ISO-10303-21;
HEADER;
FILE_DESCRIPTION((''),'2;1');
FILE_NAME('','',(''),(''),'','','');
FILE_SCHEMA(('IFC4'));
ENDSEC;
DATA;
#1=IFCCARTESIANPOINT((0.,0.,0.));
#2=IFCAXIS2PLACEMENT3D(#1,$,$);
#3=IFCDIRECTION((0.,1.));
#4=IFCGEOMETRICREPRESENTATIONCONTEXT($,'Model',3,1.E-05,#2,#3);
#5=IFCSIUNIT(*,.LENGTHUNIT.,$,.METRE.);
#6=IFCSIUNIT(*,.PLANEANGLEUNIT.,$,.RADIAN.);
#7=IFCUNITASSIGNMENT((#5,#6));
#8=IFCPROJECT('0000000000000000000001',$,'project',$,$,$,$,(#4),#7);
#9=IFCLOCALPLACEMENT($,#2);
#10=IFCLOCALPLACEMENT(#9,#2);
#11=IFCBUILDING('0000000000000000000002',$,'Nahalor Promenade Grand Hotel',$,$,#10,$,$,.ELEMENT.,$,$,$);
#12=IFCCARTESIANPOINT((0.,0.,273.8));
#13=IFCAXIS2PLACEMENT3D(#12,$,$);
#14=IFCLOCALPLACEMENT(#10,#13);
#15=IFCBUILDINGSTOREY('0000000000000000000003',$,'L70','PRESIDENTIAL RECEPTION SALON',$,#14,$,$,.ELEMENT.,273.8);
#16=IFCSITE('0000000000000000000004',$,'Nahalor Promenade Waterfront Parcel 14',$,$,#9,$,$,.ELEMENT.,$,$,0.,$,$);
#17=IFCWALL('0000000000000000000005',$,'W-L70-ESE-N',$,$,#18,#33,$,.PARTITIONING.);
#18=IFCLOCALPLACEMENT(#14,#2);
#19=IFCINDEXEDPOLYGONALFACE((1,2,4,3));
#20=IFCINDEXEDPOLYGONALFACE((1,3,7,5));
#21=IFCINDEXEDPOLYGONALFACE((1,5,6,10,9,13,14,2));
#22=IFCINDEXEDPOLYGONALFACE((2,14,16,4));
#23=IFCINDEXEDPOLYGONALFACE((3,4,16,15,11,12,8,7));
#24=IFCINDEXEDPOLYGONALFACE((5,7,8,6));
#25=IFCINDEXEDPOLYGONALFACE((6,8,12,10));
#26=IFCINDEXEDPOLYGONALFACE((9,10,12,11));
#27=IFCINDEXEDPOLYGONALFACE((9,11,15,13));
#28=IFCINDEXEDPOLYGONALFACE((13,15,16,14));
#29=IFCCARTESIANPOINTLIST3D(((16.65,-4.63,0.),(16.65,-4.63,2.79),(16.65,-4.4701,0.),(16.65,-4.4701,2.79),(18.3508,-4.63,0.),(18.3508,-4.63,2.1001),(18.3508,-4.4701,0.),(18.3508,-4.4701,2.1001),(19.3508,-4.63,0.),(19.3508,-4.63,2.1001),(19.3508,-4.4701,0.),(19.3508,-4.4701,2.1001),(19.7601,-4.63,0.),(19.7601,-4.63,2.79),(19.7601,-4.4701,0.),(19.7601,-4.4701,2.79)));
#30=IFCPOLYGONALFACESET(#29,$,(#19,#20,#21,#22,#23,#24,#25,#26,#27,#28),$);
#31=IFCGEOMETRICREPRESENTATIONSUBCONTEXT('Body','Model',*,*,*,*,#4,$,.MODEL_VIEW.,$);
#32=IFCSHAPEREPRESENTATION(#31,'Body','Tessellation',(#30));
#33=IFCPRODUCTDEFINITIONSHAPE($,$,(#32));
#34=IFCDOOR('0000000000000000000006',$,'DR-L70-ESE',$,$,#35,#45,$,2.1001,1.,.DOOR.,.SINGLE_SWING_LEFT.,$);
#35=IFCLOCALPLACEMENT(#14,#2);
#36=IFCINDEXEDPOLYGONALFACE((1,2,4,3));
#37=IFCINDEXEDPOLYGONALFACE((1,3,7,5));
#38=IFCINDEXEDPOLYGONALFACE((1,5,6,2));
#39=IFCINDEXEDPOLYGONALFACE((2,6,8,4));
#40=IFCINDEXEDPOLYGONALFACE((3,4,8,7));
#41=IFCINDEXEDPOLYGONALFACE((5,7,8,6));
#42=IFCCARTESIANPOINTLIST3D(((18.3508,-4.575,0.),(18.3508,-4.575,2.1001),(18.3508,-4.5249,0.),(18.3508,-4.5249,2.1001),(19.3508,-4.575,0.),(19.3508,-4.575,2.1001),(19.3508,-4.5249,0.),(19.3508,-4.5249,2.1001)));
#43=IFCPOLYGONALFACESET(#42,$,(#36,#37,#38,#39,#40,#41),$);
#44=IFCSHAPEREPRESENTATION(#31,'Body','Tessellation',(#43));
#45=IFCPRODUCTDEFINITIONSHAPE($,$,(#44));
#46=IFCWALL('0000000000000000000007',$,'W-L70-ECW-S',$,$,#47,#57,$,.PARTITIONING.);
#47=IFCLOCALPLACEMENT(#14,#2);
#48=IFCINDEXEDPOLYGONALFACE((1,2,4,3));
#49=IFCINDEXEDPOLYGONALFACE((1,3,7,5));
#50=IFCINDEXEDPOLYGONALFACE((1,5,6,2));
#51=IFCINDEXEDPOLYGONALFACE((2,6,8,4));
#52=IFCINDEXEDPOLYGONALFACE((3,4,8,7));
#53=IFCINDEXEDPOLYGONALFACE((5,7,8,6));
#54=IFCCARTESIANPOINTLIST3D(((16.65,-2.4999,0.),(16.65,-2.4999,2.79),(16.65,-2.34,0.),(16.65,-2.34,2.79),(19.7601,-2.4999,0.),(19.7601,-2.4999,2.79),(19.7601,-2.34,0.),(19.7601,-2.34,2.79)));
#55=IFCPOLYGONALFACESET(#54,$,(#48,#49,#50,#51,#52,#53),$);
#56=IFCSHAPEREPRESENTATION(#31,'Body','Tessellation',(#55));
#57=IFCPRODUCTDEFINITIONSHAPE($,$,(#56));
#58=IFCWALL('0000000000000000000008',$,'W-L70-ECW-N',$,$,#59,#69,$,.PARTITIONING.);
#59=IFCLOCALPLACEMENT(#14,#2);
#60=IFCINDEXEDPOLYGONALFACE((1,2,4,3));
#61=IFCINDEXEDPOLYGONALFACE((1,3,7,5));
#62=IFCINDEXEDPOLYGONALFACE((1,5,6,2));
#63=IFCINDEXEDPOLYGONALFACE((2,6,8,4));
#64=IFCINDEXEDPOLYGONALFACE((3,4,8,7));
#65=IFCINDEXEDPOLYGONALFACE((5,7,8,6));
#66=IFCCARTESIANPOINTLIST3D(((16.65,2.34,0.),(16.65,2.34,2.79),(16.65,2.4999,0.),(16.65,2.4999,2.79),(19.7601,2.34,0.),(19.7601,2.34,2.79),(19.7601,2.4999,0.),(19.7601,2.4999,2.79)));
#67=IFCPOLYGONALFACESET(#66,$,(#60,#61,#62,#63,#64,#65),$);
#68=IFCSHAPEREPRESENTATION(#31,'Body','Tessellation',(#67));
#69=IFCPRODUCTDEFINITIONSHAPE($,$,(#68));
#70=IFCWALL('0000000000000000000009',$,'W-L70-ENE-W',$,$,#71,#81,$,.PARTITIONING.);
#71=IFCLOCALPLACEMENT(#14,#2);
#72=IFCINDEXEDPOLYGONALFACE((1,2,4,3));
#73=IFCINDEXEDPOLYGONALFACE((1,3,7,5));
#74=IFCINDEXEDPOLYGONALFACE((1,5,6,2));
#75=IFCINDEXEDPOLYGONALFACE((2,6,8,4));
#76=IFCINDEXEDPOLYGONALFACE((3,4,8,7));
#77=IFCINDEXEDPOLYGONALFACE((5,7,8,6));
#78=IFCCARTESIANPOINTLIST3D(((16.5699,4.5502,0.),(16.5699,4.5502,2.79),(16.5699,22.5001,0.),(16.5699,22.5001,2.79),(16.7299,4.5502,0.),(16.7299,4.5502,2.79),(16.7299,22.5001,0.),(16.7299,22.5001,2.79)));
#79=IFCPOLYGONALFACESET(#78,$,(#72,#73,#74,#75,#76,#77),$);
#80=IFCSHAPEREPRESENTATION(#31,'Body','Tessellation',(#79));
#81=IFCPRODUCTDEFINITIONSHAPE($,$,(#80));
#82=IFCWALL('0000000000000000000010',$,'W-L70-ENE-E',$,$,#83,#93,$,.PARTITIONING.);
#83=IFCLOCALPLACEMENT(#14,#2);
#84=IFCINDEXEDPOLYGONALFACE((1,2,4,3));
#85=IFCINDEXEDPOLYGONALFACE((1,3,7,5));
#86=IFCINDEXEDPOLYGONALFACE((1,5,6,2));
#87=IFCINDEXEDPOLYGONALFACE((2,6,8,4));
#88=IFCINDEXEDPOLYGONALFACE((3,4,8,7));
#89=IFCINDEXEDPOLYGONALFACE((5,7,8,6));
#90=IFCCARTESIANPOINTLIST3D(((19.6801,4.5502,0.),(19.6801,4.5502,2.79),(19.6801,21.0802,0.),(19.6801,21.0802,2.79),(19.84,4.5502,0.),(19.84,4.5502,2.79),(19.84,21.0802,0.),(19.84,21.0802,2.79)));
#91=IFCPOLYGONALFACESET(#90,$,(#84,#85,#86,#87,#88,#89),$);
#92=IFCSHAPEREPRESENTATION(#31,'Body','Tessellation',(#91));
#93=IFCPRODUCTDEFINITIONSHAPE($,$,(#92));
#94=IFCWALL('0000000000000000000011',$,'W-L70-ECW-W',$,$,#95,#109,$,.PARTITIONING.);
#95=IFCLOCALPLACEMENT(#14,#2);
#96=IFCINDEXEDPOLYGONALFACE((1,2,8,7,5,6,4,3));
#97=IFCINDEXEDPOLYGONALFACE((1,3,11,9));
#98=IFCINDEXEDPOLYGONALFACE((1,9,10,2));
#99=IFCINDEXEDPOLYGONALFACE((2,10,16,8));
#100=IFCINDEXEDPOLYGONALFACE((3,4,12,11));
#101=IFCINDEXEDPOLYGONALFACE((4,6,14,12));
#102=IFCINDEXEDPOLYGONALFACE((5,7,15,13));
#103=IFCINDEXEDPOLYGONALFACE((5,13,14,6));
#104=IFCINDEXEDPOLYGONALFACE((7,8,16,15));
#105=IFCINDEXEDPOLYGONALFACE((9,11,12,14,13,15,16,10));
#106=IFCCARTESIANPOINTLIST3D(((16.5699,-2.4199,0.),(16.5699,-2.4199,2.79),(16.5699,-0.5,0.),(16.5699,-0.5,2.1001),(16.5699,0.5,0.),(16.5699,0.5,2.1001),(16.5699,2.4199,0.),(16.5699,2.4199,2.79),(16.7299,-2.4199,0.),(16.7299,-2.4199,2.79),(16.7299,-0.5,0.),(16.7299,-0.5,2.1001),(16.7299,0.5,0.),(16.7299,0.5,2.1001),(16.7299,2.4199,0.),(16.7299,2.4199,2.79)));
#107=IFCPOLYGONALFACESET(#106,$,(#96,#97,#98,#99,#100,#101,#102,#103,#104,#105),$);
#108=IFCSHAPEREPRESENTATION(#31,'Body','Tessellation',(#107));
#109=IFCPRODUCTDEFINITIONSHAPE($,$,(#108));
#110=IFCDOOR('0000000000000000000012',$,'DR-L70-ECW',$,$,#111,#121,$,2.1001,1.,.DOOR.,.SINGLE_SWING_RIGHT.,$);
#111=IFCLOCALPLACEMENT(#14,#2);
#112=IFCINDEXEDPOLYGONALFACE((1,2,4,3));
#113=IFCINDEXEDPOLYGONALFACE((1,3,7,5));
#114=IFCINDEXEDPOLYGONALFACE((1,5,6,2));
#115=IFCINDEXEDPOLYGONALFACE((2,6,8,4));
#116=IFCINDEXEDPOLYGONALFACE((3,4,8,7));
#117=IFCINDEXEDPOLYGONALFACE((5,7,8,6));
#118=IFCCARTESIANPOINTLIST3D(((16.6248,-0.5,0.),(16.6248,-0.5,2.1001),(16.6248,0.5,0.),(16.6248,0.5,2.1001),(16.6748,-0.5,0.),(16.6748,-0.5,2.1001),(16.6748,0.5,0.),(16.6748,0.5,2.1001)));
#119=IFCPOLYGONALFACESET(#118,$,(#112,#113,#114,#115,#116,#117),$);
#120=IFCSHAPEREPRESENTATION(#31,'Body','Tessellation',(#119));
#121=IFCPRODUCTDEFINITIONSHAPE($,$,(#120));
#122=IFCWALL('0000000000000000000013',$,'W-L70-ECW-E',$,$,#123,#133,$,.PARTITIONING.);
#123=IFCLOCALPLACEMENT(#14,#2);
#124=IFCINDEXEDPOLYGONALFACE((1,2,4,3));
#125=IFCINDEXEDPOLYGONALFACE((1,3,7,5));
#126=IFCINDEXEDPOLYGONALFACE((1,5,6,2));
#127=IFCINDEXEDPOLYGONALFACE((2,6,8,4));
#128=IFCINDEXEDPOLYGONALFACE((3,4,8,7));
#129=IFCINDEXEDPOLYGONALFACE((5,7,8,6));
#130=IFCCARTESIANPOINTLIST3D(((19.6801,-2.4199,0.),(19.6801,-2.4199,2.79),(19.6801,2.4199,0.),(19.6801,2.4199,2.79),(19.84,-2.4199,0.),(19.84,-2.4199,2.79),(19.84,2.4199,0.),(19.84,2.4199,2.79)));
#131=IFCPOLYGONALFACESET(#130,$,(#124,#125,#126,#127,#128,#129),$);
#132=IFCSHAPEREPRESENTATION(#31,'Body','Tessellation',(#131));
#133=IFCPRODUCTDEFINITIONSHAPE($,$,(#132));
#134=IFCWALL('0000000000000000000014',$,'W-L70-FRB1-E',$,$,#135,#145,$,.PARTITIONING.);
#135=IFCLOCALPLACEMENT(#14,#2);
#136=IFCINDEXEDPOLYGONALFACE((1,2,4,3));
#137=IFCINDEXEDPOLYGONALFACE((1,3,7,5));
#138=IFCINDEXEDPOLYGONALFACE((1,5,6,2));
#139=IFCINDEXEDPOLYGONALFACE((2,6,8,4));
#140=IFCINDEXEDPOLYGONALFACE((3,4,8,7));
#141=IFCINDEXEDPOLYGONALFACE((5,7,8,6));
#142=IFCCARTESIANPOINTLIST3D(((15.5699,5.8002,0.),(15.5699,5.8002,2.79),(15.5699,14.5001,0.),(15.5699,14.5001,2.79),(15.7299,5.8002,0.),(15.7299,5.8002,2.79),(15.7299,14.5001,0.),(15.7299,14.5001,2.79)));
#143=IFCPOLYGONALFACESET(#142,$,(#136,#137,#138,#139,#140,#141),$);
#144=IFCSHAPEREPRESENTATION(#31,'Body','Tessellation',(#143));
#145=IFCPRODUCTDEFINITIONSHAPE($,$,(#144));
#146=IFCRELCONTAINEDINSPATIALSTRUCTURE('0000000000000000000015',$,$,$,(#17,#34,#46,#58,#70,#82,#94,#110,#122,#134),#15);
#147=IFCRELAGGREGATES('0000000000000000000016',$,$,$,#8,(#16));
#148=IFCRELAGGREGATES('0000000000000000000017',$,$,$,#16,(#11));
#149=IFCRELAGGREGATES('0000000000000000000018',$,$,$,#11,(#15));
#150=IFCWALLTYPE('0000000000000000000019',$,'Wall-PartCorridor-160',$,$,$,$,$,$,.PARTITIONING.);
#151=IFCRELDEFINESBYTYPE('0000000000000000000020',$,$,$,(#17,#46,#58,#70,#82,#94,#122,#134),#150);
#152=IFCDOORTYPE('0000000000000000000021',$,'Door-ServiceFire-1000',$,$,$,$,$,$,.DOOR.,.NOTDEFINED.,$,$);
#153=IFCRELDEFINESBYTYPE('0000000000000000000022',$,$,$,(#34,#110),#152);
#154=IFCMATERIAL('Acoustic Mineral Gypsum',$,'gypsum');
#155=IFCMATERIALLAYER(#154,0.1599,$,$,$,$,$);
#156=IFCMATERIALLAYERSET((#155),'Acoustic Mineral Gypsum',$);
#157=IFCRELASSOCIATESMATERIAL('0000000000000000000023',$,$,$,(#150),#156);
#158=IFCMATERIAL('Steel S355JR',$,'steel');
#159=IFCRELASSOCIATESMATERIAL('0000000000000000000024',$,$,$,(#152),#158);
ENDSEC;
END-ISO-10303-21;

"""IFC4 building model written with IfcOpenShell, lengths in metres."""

from ifc_helpers import new_model, si_unit, direction, frame, frame_2d, origin, place, context, subcontext, project, spatial, rectangle, extrude, source, transform, mapped, material, layer, layer_set, type_object, element, fill, save


model = new_model("IFC4")

# Units and contexts
model_context = context("Model", 3, precision=1e-05, world=origin(), true_north=direction((0.0, 1.0)))
body_context = subcontext(model_context, "Body", "Model", "MODEL_VIEW")
ifc_project = project(units=[si_unit("LENGTHUNIT", "METRE"), si_unit("PLANEANGLEUNIT", "RADIAN")], contexts=[model_context])

# Site, building, storey
site_placement = place(None, origin())
site = spatial("IfcSite", under=ifc_project, at=site_placement, Name="Nahalor Promenade Waterfront Parcel 14", CompositionType="ELEMENT", RefElevation=0.0)
building_placement = place(site_placement, origin())
building = spatial("IfcBuilding", under=site, at=building_placement, Name="Nahalor Promenade Grand Hotel", CompositionType="ELEMENT")
storey_placement = place(building_placement, frame((0.0, 0.0, 273.8)))
storey = spatial("IfcBuildingStorey", under=building, at=storey_placement, Name="L70", Description="PRESIDENTIAL RECEPTION SALON", CompositionType="ELEMENT", Elevation=273.8)

# Shared definitions
ifc_material_1 = material(Name="Steel S355JR", Category="steel")

# Wall, opening, door
ifc_material_2 = material(Name="Acoustic Mineral Gypsum", Category="gypsum")
ifc_layer_1 = layer(ifc_material_2, 0.1599)
ifc_layer_set_1 = layer_set([ifc_layer_1], Name="Acoustic Mineral Gypsum")
wall_type_1 = type_object("IfcWallType", Name="Wall-PartCorridor-160", PredefinedType="PARTITIONING", material=ifc_layer_set_1)
shared_shape_1 = source(origin(), body_context, "Body", "SweptSolid", [
    extrude(rectangle(XDim=3.1101, YDim=0.1599, at=frame_2d((1.5552, 0.0))), origin(), (0.0, 0.0, 1.0), 2.79),
])
door_type = type_object("IfcDoorType", Name="Door-ServiceFire-1000", OperationType="NOTDEFINED", PredefinedType="DOOR", material=ifc_material_1)
shared_shape_2 = source(origin(), body_context, "Body", "SweptSolid", [
    extrude(rectangle(XDim=1.0, YDim=2.1001, at=frame_2d((0.5, 1.05))), frame((0.0, 0.0249, 0.0), z_axis=(0.0, -1.0, 0.0), x_axis=(1.0, 0.0, 0.0)), (0.0, 0.0, 1.0), 0.05),
])
wall_1_placement = place(storey_placement, frame((16.6499, -4.55, 0.0), z_axis=(0.0, 0.0, 1.0), x_axis=(1.0, 0.0, 0.0)))
wall_1 = element("IfcWall", 1, at=wall_1_placement, inside=storey, type_object=wall_type_1, Name="W-L70-ESE-N", PredefinedType="PARTITIONING", context=body_context, shape_type="MappedRepresentation", body=[
    mapped(shared_shape_1, transform((0.0, 0.0, 0.0), scale=1.0)),
])
opening_1_placement = place(wall_1_placement, frame((1.7009, 0.0, 0.0)))
opening_1 = element("IfcOpeningElement", 2, at=opening_1_placement, cuts=wall_1, PredefinedType="OPENING", context=body_context, shape_type="SweptSolid", body=[
    extrude(rectangle(XDim=1.0, YDim=2.1001, at=frame_2d((0.5, 1.05))), frame((0.0, 0.0898, 0.0), z_axis=(0.0, -1.0, 0.0), x_axis=(1.0, 0.0, 0.0)), (0.0, 0.0, 1.0), 0.1799),
])
door_1_placement = place(opening_1_placement, frame((1.0, 0.0, 0.0), z_axis=(0.0, 0.0, 1.0), x_axis=(-1.0, 0.0, 0.0)))
door_1 = element("IfcDoor", 3, at=door_1_placement, inside=storey, type_object=door_type, Name="DR-L70-ESE", OperationType="SINGLE_SWING_LEFT", OverallHeight=2.1001, OverallWidth=1.0, PredefinedType="DOOR", context=body_context, shape_type="MappedRepresentation", body=[
    mapped(shared_shape_2, transform((0.0, 0.0, 0.0), scale=1.0)),
])
fill(opening_1, door_1)

# Walls
for number, where, z_axis, x_axis, name in (
    (4, (16.6499, -2.4199, 0.0), (0.0, 0.0, 1.0), (1.0, 0.0, 0.0), "W-L70-ECW-S"),
    (5, (16.6499, 2.4199, 0.0), (0.0, 0.0, 1.0), (1.0, 0.0, 0.0), "W-L70-ECW-N"),
):
    element("IfcWall", number, at=place(storey_placement, frame(where, z_axis=z_axis, x_axis=x_axis)), inside=storey, type_object=wall_type_1, Name=name, PredefinedType="PARTITIONING", context=body_context, shape_type="MappedRepresentation", body=[
        mapped(shared_shape_1, transform((0.0, 0.0, 0.0), scale=1.0)),
    ])
shared_shape_3 = source(origin(), body_context, "Body", "SweptSolid", [
    extrude(rectangle(XDim=17.95, YDim=0.1599, at=frame_2d((8.9751, 0.0))), origin(), (0.0, 0.0, 1.0), 2.79),
])
wall_2_placement = place(storey_placement, frame((16.6499, 4.55, 0.0), z_axis=(0.0, 0.0, 1.0), x_axis=(0.0, 1.0, 0.0)))
element("IfcWall", 6, at=wall_2_placement, inside=storey, type_object=wall_type_1, Name="W-L70-ENE-W", PredefinedType="PARTITIONING", context=body_context, shape_type="MappedRepresentation", body=[
    mapped(shared_shape_3, transform((0.0, 0.0, 0.0), scale=1.0)),
])
shared_shape_4 = source(origin(), body_context, "Body", "SweptSolid", [
    extrude(rectangle(XDim=16.53, YDim=0.1599, at=frame_2d((8.2651, 0.0))), origin(), (0.0, 0.0, 1.0), 2.79),
])
wall_3_placement = place(storey_placement, frame((19.76, 4.55, 0.0), z_axis=(0.0, 0.0, 1.0), x_axis=(0.0, 1.0, 0.0)))
element("IfcWall", 7, at=wall_3_placement, inside=storey, type_object=wall_type_1, Name="W-L70-ENE-E", PredefinedType="PARTITIONING", context=body_context, shape_type="MappedRepresentation", body=[
    mapped(shared_shape_4, transform((0.0, 0.0, 0.0), scale=1.0)),
])

# Wall, opening, door
shared_shape_5 = source(origin(), body_context, "Body", "SweptSolid", [
    extrude(rectangle(XDim=4.8398, YDim=0.1599, at=frame_2d((2.4199, 0.0))), origin(), (0.0, 0.0, 1.0), 2.79),
])
wall_4_placement = place(storey_placement, frame((16.6499, -2.4199, 0.0), z_axis=(0.0, 0.0, 1.0), x_axis=(0.0, 1.0, 0.0)))
wall_4 = element("IfcWall", 8, at=wall_4_placement, inside=storey, type_object=wall_type_1, Name="W-L70-ECW-W", PredefinedType="PARTITIONING", context=body_context, shape_type="MappedRepresentation", body=[
    mapped(shared_shape_5, transform((0.0, 0.0, 0.0), scale=1.0)),
])
opening_2_placement = place(wall_4_placement, frame((1.9199, 0.0, 0.0)))
opening_2 = element("IfcOpeningElement", 9, at=opening_2_placement, cuts=wall_4, PredefinedType="OPENING", context=body_context, shape_type="SweptSolid", body=[
    extrude(rectangle(XDim=1.0, YDim=2.1001, at=frame_2d((0.5, 1.05))), frame((0.0, 0.0898, 0.0), z_axis=(0.0, -1.0, 0.0), x_axis=(1.0, 0.0, 0.0)), (0.0, 0.0, 1.0), 0.1799),
])
door_2_placement = place(opening_2_placement, frame((1.0, 0.0, 0.0), z_axis=(0.0, 0.0, 1.0), x_axis=(-1.0, 0.0, 0.0)))
door_2 = element("IfcDoor", 10, at=door_2_placement, inside=storey, type_object=door_type, Name="DR-L70-ECW", OperationType="SINGLE_SWING_RIGHT", OverallHeight=2.1001, OverallWidth=1.0, PredefinedType="DOOR", context=body_context, shape_type="MappedRepresentation", body=[
    mapped(shared_shape_2, transform((0.0, 0.0, 0.0), scale=1.0)),
])
fill(opening_2, door_2)

# Walls
wall_5_placement = place(storey_placement, frame((19.76, -2.4199, 0.0), z_axis=(0.0, 0.0, 1.0), x_axis=(0.0, 1.0, 0.0)))
element("IfcWall", 11, at=wall_5_placement, inside=storey, type_object=wall_type_1, Name="W-L70-ECW-E", PredefinedType="PARTITIONING", context=body_context, shape_type="MappedRepresentation", body=[
    mapped(shared_shape_5, transform((0.0, 0.0, 0.0), scale=1.0)),
])
shared_shape_6 = source(origin(), body_context, "Body", "SweptSolid", [
    extrude(rectangle(XDim=8.7, YDim=0.1599, at=frame_2d((4.3501, 0.0))), origin(), (0.0, 0.0, 1.0), 2.79),
])
wall_6_placement = place(storey_placement, frame((15.6499, 5.8, 0.0), z_axis=(0.0, 0.0, 1.0), x_axis=(0.0, 1.0, 0.0)))
element("IfcWall", 12, at=wall_6_placement, inside=storey, type_object=wall_type_1, Name="W-L70-FRB1-E", PredefinedType="PARTITIONING", context=body_context, shape_type="MappedRepresentation", body=[
    mapped(shared_shape_6, transform((0.0, 0.0, 0.0), scale=1.0)),
])

save(model, "model.ifc")
